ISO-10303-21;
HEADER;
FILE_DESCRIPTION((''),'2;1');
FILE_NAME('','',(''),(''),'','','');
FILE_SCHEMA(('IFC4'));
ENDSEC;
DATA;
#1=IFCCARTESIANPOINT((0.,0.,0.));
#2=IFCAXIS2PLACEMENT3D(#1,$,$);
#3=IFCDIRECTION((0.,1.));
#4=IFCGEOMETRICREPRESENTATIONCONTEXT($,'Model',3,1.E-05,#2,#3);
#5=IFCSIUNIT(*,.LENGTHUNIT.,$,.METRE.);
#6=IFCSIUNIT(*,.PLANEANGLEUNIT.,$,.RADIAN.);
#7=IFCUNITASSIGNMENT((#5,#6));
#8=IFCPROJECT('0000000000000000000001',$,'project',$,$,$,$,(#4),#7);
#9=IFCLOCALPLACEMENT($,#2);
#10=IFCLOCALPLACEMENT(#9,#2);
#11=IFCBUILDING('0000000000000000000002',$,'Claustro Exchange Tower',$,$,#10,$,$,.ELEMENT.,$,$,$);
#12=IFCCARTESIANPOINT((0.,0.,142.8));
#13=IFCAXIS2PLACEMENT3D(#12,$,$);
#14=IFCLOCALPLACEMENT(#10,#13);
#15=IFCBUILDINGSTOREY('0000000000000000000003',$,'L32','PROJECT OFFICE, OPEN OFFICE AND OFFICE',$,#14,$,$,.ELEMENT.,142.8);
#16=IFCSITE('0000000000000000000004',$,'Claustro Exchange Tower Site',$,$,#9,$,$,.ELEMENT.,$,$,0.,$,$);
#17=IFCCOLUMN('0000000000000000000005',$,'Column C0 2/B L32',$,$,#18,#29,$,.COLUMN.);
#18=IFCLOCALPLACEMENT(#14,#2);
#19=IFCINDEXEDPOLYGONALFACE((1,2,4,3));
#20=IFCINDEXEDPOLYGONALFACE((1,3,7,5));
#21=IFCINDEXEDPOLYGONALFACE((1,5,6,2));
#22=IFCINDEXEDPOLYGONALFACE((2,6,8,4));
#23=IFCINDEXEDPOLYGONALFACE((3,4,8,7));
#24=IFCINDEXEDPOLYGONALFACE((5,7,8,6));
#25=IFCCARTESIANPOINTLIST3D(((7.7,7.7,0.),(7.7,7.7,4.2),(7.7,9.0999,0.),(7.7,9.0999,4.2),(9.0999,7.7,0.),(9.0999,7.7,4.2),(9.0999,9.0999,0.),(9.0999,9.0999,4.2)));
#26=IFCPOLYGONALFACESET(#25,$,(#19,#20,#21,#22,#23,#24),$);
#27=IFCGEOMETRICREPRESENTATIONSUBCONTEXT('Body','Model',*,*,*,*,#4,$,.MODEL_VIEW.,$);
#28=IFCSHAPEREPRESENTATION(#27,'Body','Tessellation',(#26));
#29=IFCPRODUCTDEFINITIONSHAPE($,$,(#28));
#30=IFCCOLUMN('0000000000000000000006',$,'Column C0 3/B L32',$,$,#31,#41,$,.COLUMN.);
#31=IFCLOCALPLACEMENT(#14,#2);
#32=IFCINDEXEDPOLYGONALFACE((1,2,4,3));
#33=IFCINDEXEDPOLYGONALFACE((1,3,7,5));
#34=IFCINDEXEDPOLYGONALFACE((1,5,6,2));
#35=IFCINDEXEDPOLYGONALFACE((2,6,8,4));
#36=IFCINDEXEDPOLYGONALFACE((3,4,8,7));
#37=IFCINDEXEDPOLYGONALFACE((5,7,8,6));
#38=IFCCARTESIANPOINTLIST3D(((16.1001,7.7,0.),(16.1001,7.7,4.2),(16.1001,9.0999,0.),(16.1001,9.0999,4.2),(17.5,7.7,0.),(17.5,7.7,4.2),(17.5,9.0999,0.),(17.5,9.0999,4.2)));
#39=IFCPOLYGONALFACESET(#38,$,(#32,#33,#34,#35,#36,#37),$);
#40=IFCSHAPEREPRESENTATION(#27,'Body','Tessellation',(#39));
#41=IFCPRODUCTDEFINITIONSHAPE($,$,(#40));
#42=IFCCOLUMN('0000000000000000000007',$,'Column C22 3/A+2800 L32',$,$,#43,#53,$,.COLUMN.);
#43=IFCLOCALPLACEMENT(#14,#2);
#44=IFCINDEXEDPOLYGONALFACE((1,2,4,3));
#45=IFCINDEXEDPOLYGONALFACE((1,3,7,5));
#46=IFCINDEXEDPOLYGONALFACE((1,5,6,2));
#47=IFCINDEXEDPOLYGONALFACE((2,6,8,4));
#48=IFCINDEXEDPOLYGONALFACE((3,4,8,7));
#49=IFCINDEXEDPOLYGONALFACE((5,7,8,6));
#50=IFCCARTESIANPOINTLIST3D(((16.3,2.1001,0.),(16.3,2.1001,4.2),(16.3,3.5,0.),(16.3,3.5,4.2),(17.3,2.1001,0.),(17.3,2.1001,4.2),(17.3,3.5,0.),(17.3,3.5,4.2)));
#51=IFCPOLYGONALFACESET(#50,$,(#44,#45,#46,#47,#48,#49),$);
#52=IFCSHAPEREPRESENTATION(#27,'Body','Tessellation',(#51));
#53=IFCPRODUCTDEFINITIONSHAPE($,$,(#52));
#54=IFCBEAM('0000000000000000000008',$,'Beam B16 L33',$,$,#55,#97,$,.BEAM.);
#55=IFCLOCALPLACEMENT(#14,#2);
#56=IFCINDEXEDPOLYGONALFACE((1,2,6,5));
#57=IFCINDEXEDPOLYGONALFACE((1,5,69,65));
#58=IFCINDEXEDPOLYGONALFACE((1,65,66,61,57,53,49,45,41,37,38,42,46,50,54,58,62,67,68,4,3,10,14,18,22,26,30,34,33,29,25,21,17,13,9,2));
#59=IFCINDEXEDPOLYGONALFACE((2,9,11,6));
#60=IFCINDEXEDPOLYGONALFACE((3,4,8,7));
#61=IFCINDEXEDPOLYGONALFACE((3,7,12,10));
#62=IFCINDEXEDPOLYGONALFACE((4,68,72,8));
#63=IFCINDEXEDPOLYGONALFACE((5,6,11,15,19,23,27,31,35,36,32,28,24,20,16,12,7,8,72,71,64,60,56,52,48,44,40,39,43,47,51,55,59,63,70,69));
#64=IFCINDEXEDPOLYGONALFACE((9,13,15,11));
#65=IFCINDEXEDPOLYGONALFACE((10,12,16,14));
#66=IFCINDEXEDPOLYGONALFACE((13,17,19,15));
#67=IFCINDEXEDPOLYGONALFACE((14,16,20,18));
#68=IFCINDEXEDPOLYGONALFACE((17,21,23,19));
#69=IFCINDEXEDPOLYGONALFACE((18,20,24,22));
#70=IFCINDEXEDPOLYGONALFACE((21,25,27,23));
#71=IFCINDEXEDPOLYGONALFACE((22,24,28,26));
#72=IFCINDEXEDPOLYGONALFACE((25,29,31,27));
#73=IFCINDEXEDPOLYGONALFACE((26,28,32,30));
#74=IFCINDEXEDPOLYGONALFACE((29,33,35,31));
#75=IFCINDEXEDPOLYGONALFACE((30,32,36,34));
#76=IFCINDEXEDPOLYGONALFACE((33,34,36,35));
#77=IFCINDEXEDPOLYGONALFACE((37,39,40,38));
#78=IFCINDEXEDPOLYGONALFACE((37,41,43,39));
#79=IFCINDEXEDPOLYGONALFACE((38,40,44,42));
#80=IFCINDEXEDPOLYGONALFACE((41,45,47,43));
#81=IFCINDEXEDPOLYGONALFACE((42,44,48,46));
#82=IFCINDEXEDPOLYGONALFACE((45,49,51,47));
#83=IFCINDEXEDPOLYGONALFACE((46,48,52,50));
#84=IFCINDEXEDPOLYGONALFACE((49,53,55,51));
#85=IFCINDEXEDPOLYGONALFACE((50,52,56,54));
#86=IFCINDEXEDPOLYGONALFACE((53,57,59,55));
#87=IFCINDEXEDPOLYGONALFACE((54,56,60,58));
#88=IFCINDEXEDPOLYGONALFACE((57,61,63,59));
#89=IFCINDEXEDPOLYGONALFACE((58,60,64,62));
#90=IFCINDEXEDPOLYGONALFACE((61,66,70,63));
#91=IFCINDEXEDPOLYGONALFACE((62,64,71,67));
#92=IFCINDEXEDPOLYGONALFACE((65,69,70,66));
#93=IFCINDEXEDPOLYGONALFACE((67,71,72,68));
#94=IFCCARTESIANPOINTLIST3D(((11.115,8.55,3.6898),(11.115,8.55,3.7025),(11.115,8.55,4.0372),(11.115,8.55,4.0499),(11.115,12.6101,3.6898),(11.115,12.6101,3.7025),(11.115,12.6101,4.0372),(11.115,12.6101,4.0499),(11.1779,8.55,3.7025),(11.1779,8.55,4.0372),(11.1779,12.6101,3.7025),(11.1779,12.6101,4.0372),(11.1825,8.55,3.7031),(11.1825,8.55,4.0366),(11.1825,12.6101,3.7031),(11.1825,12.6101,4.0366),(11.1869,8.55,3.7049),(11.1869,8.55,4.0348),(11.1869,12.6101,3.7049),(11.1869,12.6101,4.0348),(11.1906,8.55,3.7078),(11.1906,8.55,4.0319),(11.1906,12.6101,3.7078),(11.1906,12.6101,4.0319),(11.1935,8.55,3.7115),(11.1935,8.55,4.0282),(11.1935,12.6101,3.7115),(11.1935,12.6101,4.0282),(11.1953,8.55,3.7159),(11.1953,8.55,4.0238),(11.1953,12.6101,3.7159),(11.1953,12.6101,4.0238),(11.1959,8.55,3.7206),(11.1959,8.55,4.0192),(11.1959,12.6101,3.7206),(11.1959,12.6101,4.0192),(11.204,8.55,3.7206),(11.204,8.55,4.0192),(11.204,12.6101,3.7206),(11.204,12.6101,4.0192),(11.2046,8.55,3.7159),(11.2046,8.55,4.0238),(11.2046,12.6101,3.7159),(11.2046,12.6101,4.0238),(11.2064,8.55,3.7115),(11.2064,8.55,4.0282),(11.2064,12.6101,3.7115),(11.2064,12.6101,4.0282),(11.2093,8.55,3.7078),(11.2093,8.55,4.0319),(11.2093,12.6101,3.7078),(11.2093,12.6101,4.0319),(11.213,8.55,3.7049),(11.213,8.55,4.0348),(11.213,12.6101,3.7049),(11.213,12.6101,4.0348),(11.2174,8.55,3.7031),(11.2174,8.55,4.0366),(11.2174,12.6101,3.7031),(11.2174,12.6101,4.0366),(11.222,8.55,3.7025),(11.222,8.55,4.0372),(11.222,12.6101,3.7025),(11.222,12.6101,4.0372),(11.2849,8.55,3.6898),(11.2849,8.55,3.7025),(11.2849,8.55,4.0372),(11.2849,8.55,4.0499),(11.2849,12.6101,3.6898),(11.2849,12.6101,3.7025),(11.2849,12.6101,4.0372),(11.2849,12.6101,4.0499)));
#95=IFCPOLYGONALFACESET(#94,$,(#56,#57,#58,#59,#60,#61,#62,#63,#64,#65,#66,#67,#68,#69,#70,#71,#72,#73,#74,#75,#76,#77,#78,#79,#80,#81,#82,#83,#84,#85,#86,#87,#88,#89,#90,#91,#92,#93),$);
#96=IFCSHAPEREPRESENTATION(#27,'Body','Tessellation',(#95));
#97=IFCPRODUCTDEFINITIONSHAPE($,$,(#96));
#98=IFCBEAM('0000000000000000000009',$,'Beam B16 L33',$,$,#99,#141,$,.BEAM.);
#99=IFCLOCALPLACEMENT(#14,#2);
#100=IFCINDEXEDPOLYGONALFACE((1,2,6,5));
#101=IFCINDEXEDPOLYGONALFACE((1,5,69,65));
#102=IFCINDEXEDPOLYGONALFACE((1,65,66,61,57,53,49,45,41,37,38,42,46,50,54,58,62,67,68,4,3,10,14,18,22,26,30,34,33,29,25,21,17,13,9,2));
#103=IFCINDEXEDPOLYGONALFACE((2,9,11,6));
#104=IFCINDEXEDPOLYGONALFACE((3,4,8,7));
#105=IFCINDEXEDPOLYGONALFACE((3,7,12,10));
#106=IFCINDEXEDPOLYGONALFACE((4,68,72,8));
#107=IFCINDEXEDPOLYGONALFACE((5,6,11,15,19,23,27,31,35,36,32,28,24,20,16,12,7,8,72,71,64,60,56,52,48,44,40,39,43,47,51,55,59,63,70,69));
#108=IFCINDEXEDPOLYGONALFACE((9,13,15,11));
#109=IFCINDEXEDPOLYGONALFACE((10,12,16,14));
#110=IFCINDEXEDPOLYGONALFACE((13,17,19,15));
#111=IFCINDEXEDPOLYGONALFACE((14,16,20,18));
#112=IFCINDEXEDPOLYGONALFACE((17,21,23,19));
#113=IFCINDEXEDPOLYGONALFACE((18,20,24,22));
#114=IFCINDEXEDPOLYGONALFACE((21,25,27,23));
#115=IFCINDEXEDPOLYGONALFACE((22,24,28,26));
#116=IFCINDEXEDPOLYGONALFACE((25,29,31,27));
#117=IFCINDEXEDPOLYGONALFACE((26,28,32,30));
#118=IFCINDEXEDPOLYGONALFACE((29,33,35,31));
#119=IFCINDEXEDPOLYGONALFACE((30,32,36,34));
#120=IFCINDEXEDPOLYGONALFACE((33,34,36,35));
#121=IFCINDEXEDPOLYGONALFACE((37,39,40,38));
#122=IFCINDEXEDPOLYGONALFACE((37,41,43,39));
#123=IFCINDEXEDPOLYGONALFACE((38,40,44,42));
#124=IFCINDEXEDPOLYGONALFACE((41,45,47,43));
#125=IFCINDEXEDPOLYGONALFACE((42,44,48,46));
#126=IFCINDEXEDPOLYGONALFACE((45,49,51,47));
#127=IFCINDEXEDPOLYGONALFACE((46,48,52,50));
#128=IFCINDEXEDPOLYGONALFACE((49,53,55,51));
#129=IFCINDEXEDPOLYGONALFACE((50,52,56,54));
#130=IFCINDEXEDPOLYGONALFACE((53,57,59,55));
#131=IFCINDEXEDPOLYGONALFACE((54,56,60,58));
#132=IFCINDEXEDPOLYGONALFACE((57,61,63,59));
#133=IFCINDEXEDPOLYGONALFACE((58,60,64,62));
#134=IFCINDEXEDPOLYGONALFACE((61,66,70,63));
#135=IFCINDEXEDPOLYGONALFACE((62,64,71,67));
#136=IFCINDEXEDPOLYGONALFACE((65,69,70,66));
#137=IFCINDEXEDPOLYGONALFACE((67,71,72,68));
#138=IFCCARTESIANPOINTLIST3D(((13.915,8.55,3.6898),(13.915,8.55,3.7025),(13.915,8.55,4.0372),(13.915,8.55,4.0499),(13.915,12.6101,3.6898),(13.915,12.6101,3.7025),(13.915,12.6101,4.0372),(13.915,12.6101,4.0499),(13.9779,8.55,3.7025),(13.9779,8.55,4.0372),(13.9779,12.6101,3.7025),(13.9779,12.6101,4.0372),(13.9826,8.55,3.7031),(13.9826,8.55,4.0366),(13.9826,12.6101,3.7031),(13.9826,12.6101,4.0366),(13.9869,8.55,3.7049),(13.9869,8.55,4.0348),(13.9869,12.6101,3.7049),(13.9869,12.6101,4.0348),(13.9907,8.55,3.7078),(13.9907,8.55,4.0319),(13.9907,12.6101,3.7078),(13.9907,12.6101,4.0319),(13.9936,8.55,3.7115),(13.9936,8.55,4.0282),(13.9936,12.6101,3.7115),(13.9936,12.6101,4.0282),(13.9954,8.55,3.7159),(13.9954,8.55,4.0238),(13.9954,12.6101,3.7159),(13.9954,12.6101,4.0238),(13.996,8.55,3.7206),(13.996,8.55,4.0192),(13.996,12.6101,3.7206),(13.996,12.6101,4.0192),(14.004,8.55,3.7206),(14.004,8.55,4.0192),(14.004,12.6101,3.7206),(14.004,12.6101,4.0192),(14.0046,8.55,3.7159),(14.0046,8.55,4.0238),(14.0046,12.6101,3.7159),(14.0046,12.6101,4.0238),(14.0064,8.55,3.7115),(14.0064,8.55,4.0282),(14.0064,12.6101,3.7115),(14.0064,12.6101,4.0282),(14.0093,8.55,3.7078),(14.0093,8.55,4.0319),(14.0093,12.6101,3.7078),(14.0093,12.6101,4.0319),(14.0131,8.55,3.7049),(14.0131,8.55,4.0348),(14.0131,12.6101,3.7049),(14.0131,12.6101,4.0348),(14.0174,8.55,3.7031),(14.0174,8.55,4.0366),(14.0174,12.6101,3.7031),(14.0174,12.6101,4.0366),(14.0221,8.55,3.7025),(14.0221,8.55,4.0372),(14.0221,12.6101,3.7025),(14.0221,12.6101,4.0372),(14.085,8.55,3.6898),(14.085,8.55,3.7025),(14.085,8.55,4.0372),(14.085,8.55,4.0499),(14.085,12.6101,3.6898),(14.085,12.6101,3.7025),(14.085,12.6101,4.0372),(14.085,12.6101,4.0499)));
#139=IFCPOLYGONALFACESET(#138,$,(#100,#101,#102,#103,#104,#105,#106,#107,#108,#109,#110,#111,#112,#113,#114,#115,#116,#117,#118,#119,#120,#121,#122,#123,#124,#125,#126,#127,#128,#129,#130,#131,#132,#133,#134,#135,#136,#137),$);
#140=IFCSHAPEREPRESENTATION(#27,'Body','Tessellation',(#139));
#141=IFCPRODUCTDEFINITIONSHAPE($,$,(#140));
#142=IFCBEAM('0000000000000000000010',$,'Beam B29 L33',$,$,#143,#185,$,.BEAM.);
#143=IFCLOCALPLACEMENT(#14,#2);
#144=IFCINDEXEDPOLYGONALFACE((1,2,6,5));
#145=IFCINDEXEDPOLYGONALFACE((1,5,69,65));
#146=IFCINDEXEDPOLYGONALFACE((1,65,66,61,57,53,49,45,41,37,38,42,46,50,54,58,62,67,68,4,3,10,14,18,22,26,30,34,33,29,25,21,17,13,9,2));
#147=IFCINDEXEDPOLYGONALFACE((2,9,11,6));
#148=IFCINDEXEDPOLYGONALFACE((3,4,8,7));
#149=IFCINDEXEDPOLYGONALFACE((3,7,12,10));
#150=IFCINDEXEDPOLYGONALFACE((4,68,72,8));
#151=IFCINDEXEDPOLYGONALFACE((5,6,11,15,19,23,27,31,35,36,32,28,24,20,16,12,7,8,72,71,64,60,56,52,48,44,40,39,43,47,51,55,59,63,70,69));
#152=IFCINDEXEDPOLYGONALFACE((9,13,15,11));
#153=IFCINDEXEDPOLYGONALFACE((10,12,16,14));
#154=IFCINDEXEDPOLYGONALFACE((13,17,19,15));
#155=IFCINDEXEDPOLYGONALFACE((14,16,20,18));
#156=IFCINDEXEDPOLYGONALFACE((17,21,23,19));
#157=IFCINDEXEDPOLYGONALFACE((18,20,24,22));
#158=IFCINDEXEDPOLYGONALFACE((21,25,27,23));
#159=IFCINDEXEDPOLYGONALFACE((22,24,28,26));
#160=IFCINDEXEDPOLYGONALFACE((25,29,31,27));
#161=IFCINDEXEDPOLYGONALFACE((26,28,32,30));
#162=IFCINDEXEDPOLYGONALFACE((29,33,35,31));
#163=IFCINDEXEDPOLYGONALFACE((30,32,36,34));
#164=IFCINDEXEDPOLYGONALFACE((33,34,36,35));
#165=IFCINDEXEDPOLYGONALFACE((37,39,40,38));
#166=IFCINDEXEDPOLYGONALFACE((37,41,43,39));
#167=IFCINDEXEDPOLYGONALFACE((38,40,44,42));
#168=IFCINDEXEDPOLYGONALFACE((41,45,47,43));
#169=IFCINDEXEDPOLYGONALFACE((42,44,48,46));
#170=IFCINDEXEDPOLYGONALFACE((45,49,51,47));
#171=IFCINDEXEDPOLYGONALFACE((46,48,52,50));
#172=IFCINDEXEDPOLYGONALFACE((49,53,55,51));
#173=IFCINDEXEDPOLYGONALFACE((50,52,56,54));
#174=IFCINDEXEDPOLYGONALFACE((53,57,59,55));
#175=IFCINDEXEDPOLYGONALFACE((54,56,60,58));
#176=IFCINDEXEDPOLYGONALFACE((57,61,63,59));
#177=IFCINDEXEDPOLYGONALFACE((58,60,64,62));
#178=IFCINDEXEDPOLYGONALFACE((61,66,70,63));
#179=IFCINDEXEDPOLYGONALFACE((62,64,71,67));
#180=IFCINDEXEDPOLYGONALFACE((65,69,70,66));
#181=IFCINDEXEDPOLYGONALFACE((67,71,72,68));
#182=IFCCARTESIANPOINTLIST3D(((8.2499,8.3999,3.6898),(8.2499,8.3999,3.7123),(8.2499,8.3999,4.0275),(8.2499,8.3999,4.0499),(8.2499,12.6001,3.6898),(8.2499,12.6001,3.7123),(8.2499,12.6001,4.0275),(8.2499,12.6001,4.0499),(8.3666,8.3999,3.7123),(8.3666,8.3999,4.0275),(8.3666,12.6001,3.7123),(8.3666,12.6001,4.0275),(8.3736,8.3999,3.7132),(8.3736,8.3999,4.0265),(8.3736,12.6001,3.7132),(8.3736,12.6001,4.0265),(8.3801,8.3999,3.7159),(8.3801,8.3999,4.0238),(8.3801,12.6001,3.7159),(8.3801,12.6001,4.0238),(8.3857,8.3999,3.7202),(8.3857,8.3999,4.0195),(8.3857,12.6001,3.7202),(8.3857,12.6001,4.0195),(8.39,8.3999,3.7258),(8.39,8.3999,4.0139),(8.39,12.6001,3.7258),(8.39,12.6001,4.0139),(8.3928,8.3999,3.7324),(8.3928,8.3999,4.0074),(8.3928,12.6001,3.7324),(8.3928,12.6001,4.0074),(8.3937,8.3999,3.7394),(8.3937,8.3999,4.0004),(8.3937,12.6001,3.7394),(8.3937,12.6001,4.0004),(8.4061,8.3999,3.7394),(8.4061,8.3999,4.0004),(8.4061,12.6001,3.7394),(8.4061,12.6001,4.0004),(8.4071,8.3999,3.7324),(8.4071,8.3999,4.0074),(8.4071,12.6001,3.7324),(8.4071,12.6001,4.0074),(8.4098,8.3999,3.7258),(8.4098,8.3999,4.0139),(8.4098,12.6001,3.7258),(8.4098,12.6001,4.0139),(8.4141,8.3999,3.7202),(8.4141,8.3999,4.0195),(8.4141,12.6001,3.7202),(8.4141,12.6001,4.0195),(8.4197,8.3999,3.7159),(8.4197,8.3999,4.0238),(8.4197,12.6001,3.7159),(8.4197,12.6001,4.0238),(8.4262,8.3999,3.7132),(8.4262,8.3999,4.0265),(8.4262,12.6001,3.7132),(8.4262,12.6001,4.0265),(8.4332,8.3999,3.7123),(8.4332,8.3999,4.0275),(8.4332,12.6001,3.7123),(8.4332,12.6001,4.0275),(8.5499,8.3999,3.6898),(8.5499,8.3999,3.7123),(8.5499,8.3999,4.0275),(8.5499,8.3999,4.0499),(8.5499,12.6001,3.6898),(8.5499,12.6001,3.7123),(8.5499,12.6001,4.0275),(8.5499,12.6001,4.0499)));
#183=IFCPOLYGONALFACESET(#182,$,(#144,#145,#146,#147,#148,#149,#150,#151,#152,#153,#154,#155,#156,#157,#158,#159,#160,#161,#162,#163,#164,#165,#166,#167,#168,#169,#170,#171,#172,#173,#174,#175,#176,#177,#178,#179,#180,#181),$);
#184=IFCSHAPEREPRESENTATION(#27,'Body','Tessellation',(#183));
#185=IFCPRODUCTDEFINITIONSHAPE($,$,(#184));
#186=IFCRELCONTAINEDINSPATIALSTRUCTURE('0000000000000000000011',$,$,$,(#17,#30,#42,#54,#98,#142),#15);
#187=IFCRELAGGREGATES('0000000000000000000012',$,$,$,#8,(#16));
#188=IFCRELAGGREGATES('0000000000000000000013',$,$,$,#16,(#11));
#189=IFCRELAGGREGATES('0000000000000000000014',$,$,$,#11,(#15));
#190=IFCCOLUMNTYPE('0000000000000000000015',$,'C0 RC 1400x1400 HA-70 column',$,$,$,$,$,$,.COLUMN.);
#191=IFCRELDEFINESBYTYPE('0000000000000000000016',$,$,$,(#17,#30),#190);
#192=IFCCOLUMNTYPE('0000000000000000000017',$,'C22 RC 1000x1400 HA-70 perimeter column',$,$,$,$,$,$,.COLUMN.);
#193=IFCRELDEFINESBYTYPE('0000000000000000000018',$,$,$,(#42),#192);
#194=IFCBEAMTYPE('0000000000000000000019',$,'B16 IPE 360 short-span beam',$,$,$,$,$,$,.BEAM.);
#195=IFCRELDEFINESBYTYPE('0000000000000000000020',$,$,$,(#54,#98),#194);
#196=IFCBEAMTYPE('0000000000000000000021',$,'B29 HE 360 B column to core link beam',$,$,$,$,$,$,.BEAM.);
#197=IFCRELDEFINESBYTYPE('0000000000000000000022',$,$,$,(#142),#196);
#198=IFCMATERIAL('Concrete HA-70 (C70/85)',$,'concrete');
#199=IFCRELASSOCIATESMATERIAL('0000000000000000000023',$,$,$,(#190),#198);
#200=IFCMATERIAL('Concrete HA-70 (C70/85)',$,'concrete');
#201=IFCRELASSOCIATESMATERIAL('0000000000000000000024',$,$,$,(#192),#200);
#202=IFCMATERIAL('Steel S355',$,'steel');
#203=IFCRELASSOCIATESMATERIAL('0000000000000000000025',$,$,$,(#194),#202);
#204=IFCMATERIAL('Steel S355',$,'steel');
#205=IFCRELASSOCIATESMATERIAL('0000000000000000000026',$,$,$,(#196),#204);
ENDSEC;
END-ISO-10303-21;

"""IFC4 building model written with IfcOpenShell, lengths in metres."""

from ifc_helpers import new_model, si_unit, direction, frame, origin, origin_2d, place, context, subcontext, project, spatial, rectangle, i_section, extrude, material, material_profile, profile_set, type_object, element, save


model = new_model("IFC4")

# Units and contexts
model_context = context("Model", 3, precision=1e-05, world=origin(), true_north=direction((0.0, 1.0)))
body_context = subcontext(model_context, "Body", "Model", "MODEL_VIEW")
ifc_project = project(units=[si_unit("LENGTHUNIT", "METRE"), si_unit("PLANEANGLEUNIT", "RADIAN")], contexts=[model_context])

# Site, building, storey
site_placement = place(None, origin())
site = spatial("IfcSite", under=ifc_project, at=site_placement, Name="Claustro Exchange Tower Site", CompositionType="ELEMENT", RefElevation=0.0)
building_placement = place(site_placement, origin())
building = spatial("IfcBuilding", under=site, at=building_placement, Name="Claustro Exchange Tower", CompositionType="ELEMENT")
storey_placement = place(building_placement, frame((0.0, 0.0, 142.8)))
storey = spatial("IfcBuildingStorey", under=building, at=storey_placement, Name="L32", Description="PROJECT OFFICE, OPEN OFFICE AND OFFICE", CompositionType="ELEMENT", Elevation=142.8)

# Columns
ifc_material_1 = material(Name="Concrete HA-70 (C70/85)", Category="concrete")
ifc_material_profile_1 = material_profile(ifc_material_1, rectangle(XDim=1.3999, YDim=1.3999, at=origin_2d()), Name="RC 1400x1400")
ifc_profile_set_1 = profile_set([ifc_material_profile_1], Name="Concrete HA-70 (C70/85)")
column_type_1 = type_object("IfcColumnType", Name="C0 RC 1400x1400 HA-70 column", PredefinedType="COLUMN", material=ifc_profile_set_1)
for number, where, z_axis, x_axis, name in (
    (1, (8.3999, 8.3999, 0.0), (0.0, 0.0, 1.0), (1.0, 0.0, 0.0), "Column C0 2/B L32"),
    (2, (16.8, 8.3999, 0.0), (0.0, 0.0, 1.0), (1.0, 0.0, 0.0), "Column C0 3/B L32"),
):
    element("IfcColumn", number, at=place(storey_placement, frame(where, z_axis=z_axis, x_axis=x_axis)), inside=storey, type_object=column_type_1, Name=name, PredefinedType="COLUMN", context=body_context, shape_type="SweptSolid", body=[
        extrude(rectangle(XDim=1.3999, YDim=1.3999, at=origin_2d()), origin(), (0.0, 0.0, 1.0), 4.2),
    ])
ifc_material_2 = material(Name="Concrete HA-70 (C70/85)", Category="concrete")
ifc_material_profile_2 = material_profile(ifc_material_2, rectangle(XDim=1.0, YDim=1.3999, at=origin_2d()), Name="RC 1000x1400")
ifc_profile_set_2 = profile_set([ifc_material_profile_2], Name="Concrete HA-70 (C70/85)")
column_type_2 = type_object("IfcColumnType", Name="C22 RC 1000x1400 HA-70 perimeter column", PredefinedType="COLUMN", material=ifc_profile_set_2)
column_placement = place(storey_placement, frame((16.8, 2.8, 0.0), z_axis=(0.0, 0.0, 1.0), x_axis=(1.0, 0.0, 0.0)))
element("IfcColumn", 3, at=column_placement, inside=storey, type_object=column_type_2, Name="Column C22 3/A+2800 L32", PredefinedType="COLUMN", context=body_context, shape_type="SweptSolid", body=[
    extrude(rectangle(XDim=1.0, YDim=1.3999, at=origin_2d()), origin(), (0.0, 0.0, 1.0), 4.2),
])

# Beams
ifc_material_3 = material(Name="Steel S355", Category="steel")
ifc_material_profile_3 = material_profile(ifc_material_3, i_section(OverallWidth=0.1699, OverallDepth=0.3601, WebThickness=0.0081, FlangeThickness=0.0127, FilletRadius=0.0181, at=origin_2d()), Name="IPE 360")
ifc_profile_set_3 = profile_set([ifc_material_profile_3], Name="Steel S355")
beam_type_1 = type_object("IfcBeamType", Name="B16 IPE 360 short-span beam", PredefinedType="BEAM", material=ifc_profile_set_3)
for number, where, z_axis, x_axis, name in (
    (4, (11.2, 8.55, 3.8699), (0.0, 1.0, 0.0), (-1.0, 0.0, 0.0), "Beam B16 L33"),
    (5, (14.0, 8.55, 3.8699), (0.0, 1.0, 0.0), (-1.0, 0.0, 0.0), "Beam B16 L33"),
):
    element("IfcBeam", number, at=place(storey_placement, frame(where, z_axis=z_axis, x_axis=x_axis)), inside=storey, type_object=beam_type_1, Name=name, PredefinedType="BEAM", context=body_context, shape_type="SweptSolid", body=[
        extrude(i_section(OverallWidth=0.1699, OverallDepth=0.3601, WebThickness=0.0081, FlangeThickness=0.0127, FilletRadius=0.0181, at=origin_2d()), origin(), (0.0, 0.0, 1.0), 4.0601),
    ])
ifc_material_4 = material(Name="Steel S355", Category="steel")
ifc_material_profile_4 = material_profile(ifc_material_4, i_section(OverallWidth=0.3, OverallDepth=0.3601, WebThickness=0.0125, FlangeThickness=0.0225, FilletRadius=0.0271, at=origin_2d()), Name="HE 360 B")
ifc_profile_set_4 = profile_set([ifc_material_profile_4], Name="Steel S355")
beam_type_2 = type_object("IfcBeamType", Name="B29 HE 360 B column to core link beam", PredefinedType="BEAM", material=ifc_profile_set_4)
for number, where, z_axis, x_axis, name in (
    (6, (8.3999, 8.3999, 3.8699), (0.0, 1.0, 0.0), (-1.0, 0.0, 0.0), "Beam B29 L33"),
):
    element("IfcBeam", number, at=place(storey_placement, frame(where, z_axis=z_axis, x_axis=x_axis)), inside=storey, type_object=beam_type_2, Name=name, PredefinedType="BEAM", context=body_context, shape_type="SweptSolid", body=[
        extrude(i_section(OverallWidth=0.3, OverallDepth=0.3601, WebThickness=0.0125, FlangeThickness=0.0225, FilletRadius=0.0271, at=origin_2d()), origin(), (0.0, 0.0, 1.0), 4.2002),
    ])

save(model, "model.ifc")
